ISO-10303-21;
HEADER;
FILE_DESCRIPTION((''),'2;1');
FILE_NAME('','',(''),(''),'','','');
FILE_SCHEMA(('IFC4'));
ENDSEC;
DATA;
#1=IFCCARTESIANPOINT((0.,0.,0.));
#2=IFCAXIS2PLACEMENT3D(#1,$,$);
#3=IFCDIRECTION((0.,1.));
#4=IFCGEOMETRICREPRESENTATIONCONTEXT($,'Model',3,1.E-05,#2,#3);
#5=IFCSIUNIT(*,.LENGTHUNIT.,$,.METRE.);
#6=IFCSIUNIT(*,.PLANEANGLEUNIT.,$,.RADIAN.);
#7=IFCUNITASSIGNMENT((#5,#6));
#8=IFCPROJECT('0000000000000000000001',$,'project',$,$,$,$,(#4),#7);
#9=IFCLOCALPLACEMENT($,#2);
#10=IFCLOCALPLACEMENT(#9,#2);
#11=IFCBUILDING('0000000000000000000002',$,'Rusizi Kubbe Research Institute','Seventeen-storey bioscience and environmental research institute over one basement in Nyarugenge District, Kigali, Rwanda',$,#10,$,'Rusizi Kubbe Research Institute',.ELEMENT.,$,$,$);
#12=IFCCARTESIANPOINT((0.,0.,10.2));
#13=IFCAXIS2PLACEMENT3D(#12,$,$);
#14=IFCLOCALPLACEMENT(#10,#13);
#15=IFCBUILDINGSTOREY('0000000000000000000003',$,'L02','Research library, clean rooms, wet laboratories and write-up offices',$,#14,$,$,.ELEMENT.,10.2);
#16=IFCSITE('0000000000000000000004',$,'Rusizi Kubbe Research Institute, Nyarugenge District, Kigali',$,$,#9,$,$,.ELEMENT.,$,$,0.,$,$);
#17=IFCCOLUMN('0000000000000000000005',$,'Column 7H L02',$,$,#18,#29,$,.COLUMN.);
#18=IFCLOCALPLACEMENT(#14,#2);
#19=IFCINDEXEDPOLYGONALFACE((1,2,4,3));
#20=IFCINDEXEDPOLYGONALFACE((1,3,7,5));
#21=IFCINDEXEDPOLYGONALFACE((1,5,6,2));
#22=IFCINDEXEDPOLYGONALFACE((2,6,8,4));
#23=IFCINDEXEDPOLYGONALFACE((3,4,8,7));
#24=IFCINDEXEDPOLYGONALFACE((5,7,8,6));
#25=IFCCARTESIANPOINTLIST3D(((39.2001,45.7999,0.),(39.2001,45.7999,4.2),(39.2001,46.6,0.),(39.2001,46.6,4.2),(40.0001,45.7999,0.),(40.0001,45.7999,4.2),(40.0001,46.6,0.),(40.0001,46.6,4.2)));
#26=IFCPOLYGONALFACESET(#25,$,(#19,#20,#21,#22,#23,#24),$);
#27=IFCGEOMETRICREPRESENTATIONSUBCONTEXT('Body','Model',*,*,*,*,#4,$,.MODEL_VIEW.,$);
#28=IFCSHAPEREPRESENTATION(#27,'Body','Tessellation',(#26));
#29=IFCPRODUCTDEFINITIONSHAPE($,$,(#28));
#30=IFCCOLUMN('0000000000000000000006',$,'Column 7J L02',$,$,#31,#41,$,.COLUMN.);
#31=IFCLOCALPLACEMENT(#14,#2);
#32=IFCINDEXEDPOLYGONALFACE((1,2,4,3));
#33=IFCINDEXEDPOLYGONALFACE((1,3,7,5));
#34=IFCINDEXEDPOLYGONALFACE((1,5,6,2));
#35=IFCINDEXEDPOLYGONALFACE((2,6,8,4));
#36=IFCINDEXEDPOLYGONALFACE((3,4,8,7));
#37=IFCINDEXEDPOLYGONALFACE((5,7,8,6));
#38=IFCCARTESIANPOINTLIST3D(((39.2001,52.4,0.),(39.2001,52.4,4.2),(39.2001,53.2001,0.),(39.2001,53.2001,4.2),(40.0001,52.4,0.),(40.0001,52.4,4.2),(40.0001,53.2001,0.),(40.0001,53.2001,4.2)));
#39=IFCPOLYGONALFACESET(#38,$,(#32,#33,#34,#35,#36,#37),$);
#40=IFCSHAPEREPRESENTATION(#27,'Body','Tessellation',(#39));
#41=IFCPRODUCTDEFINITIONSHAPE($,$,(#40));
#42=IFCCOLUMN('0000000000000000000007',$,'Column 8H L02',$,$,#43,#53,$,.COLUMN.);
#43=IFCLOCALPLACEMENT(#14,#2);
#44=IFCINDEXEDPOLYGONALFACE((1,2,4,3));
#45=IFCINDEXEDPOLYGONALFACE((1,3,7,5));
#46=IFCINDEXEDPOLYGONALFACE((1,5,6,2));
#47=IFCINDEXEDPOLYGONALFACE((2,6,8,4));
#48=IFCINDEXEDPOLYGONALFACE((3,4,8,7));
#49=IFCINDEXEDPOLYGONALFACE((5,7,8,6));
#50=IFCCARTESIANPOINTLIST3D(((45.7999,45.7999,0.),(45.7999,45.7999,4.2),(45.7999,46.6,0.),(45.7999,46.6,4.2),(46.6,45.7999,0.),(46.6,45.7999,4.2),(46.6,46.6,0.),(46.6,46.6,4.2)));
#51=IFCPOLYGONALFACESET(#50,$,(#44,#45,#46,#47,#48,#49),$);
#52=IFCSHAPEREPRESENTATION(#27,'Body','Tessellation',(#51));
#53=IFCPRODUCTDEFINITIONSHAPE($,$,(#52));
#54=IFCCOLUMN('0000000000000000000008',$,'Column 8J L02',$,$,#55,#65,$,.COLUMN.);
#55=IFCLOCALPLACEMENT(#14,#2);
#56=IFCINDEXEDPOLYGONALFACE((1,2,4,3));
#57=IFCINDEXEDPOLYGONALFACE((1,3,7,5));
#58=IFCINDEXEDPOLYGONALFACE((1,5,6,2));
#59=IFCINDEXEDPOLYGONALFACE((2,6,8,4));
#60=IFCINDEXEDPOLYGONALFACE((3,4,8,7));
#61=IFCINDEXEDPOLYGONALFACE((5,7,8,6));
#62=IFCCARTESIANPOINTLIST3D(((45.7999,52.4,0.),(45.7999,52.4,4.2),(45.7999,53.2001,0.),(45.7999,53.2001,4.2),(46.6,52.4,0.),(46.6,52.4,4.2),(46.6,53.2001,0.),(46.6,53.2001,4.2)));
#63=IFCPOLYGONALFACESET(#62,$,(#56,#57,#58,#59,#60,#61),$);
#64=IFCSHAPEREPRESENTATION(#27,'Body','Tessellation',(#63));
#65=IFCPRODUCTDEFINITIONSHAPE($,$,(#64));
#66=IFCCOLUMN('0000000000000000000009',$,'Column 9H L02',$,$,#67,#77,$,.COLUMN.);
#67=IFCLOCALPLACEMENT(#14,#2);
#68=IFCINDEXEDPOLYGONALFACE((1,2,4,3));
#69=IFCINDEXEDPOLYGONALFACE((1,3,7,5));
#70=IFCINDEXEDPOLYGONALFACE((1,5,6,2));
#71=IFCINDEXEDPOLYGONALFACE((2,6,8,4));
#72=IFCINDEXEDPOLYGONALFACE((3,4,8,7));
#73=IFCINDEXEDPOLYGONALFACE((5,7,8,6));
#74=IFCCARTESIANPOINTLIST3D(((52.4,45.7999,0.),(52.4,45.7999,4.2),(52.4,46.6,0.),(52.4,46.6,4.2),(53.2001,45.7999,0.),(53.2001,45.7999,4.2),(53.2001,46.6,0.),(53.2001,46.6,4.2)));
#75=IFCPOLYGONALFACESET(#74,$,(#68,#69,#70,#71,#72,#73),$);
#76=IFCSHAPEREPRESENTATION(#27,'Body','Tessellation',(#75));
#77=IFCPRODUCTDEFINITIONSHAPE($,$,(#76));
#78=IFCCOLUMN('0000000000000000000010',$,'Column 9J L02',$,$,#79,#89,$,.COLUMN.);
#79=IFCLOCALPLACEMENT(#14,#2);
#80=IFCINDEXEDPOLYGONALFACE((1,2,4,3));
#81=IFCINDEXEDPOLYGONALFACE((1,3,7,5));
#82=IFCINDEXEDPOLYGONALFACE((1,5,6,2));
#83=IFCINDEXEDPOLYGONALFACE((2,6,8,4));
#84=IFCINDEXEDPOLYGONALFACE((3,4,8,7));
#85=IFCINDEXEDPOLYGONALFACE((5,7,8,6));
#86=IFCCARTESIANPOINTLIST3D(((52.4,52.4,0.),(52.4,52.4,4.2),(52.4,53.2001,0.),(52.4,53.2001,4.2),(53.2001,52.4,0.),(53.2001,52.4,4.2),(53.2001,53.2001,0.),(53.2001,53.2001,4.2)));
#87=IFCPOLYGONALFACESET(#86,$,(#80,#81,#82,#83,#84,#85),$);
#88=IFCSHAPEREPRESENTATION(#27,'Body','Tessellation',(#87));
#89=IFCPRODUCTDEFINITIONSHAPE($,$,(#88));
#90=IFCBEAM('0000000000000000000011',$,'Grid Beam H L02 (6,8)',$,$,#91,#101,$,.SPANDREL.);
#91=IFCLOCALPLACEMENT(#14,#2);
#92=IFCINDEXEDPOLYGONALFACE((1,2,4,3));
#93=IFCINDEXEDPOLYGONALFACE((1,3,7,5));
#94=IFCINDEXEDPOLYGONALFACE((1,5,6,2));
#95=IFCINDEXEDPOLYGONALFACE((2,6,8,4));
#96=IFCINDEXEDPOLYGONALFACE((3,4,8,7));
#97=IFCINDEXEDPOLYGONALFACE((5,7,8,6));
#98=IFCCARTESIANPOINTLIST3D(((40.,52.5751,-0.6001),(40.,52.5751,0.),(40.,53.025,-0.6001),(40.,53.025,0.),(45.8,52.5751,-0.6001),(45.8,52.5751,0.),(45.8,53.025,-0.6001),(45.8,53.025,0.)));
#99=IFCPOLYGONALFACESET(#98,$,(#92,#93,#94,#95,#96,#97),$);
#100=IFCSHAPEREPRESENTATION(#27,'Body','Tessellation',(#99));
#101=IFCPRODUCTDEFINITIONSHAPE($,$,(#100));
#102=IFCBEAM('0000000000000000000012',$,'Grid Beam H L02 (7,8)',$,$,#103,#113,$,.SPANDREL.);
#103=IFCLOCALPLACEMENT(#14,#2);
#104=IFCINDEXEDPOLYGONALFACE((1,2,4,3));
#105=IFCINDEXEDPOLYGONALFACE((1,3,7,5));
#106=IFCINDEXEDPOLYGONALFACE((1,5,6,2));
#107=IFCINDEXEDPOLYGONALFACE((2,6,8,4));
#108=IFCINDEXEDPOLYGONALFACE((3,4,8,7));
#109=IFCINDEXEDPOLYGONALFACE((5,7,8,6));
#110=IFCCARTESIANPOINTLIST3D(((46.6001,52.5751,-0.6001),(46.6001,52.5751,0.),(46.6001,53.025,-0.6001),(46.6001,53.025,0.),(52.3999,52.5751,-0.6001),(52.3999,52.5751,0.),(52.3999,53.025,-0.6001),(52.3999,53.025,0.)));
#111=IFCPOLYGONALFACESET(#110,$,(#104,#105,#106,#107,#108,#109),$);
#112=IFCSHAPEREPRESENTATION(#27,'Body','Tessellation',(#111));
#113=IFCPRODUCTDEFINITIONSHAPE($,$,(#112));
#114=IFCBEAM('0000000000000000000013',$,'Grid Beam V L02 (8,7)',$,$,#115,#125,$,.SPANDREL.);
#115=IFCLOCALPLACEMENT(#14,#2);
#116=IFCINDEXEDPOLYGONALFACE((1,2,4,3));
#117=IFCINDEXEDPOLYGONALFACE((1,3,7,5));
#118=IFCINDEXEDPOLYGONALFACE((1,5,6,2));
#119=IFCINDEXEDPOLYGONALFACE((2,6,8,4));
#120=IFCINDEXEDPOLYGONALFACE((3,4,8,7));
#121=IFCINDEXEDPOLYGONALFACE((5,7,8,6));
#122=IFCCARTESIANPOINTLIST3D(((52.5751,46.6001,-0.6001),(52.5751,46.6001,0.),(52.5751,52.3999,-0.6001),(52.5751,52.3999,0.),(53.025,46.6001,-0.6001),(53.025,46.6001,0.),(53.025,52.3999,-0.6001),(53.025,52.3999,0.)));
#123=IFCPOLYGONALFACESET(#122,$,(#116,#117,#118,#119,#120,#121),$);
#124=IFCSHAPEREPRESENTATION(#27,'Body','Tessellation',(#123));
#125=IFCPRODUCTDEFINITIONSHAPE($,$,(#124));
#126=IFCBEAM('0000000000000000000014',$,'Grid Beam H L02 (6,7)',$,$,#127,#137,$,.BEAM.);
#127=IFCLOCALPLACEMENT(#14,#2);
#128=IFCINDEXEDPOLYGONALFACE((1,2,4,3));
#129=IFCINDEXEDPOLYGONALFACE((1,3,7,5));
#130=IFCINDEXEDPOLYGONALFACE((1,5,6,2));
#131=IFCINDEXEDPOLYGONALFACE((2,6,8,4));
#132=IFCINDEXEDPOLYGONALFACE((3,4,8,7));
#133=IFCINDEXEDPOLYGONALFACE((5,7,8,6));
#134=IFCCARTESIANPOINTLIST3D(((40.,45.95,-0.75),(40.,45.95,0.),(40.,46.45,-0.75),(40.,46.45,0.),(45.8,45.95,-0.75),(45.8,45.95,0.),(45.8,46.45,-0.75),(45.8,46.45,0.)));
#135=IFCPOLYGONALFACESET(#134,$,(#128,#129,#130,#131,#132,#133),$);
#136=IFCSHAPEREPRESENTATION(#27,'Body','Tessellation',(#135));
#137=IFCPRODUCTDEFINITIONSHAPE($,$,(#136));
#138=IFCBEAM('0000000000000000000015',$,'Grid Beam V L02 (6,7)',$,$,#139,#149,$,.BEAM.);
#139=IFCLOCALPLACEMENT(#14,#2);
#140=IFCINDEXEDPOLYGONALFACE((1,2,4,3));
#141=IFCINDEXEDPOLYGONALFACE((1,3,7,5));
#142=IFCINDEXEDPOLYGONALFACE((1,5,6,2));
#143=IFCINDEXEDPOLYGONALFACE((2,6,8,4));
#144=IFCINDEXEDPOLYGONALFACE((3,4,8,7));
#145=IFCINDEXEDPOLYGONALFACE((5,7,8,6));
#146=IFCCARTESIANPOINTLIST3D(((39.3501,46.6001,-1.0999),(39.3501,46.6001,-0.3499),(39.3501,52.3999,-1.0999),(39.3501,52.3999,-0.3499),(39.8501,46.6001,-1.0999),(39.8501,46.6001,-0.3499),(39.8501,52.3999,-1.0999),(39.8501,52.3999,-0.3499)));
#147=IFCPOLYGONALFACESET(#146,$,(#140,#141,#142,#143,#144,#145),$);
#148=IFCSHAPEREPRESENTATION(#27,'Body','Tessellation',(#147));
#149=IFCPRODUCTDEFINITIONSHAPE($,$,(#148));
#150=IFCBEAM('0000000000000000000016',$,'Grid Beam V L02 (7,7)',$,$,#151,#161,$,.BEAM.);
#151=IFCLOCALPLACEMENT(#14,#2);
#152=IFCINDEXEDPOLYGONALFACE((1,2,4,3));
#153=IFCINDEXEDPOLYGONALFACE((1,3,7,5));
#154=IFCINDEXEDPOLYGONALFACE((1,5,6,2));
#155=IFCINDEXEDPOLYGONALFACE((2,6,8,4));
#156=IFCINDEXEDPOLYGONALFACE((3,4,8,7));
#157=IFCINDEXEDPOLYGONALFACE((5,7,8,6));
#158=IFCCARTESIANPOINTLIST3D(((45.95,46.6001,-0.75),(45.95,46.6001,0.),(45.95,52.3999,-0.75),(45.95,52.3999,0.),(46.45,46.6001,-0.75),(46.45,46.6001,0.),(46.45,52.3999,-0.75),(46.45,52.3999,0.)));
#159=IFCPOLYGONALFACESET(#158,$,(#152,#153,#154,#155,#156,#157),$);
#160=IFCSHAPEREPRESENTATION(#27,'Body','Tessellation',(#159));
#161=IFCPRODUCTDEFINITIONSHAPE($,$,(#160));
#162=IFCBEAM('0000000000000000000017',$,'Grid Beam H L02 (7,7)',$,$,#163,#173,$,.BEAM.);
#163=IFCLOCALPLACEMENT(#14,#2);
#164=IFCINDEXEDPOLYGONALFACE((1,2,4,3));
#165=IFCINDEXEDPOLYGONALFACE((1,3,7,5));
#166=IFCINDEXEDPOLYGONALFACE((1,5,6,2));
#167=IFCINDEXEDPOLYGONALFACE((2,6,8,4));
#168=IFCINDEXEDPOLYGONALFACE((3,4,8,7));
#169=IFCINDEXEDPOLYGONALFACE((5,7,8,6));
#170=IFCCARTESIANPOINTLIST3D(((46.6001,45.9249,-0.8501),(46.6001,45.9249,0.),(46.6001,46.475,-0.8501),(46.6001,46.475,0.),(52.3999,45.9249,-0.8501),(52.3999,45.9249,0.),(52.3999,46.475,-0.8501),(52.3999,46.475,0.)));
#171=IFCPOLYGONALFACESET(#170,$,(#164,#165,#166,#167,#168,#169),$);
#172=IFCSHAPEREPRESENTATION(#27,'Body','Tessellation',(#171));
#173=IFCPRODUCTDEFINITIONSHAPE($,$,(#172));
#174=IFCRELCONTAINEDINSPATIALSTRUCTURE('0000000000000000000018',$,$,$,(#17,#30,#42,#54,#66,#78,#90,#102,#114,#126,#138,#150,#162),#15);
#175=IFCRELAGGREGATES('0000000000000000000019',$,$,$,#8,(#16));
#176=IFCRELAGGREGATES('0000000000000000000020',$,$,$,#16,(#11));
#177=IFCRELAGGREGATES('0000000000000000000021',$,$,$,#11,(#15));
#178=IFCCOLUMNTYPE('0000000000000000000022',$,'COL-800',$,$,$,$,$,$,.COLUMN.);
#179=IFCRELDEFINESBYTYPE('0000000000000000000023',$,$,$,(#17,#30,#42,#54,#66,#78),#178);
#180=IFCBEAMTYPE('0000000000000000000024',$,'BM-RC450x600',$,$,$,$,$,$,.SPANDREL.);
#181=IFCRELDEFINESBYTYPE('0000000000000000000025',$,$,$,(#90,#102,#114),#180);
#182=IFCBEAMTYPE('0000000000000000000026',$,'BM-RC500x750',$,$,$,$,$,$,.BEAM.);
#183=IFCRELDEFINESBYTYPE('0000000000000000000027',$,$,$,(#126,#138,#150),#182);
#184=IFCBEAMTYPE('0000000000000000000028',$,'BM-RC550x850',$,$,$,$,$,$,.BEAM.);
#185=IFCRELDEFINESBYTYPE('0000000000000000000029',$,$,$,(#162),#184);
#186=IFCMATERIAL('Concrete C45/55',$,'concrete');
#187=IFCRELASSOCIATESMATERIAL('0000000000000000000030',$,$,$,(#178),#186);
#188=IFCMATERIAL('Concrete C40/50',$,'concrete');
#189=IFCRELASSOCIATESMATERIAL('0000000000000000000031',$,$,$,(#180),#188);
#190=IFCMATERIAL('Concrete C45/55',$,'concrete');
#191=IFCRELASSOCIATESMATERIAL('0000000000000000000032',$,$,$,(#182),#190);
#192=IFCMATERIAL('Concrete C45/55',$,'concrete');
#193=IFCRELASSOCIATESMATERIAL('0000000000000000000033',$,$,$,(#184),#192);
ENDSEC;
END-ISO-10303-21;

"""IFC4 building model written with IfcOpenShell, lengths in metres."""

from ifc_helpers import new_model, si_unit, direction, frame, origin, origin_2d, place, context, subcontext, project, spatial, rectangle, extrude, material, material_profile, profile_set, type_object, element, save


model = new_model("IFC4")

# Units and contexts
model_context = context("Model", 3, precision=1e-05, world=origin(), true_north=direction((0.0, 1.0)))
body_context = subcontext(model_context, "Body", "Model", "MODEL_VIEW")
ifc_project = project(units=[si_unit("LENGTHUNIT", "METRE"), si_unit("PLANEANGLEUNIT", "RADIAN")], contexts=[model_context])

# Site, building, storey
site_placement = place(None, origin())
site = spatial("IfcSite", under=ifc_project, at=site_placement, Name="Rusizi Kubbe Research Institute, Nyarugenge District, Kigali", CompositionType="ELEMENT", RefElevation=0.0)
building_placement = place(site_placement, origin())
building = spatial("IfcBuilding", under=site, at=building_placement, Name="Rusizi Kubbe Research Institute", Description="Seventeen-storey bioscience and environmental research institute over one basement in Nyarugenge District, Kigali, Rwanda", LongName="Rusizi Kubbe Research Institute", CompositionType="ELEMENT")
storey_placement = place(building_placement, frame((0.0, 0.0, 10.2)))
storey = spatial("IfcBuildingStorey", under=building, at=storey_placement, Name="L02", Description="Research library, clean rooms, wet laboratories and write-up offices", CompositionType="ELEMENT", Elevation=10.2)

# Columns
ifc_material_1 = material(Name="Concrete C45/55", Category="concrete")
ifc_material_profile_1 = material_profile(ifc_material_1, rectangle(XDim=0.8, YDim=0.8, at=origin_2d()), Name="RC800x800")
ifc_profile_set_1 = profile_set([ifc_material_profile_1], Name="Concrete C45/55")
column_type = type_object("IfcColumnType", Name="COL-800", PredefinedType="COLUMN", material=ifc_profile_set_1)
for number, where, z_axis, x_axis, name in (
    (1, (39.6001, 46.2, 0.0), (0.0, 0.0, 1.0), (1.0, 0.0, 0.0), "Column 7H L02"),
    (2, (39.6001, 52.8, 0.0), (0.0, 0.0, 1.0), (1.0, 0.0, 0.0), "Column 7J L02"),
    (3, (46.2, 46.2, 0.0), (0.0, 0.0, 1.0), (1.0, 0.0, 0.0), "Column 8H L02"),
    (4, (46.2, 52.8, 0.0), (0.0, 0.0, 1.0), (1.0, 0.0, 0.0), "Column 8J L02"),
    (5, (52.8, 46.2, 0.0), (0.0, 0.0, 1.0), (1.0, 0.0, 0.0), "Column 9H L02"),
    (6, (52.8, 52.8, 0.0), (0.0, 0.0, 1.0), (1.0, 0.0, 0.0), "Column 9J L02"),
):
    element("IfcColumn", number, at=place(storey_placement, frame(where, z_axis=z_axis, x_axis=x_axis)), inside=storey, type_object=column_type, Name=name, PredefinedType="COLUMN", context=body_context, shape_type="SweptSolid", body=[
        extrude(rectangle(XDim=0.8, YDim=0.8, at=origin_2d()), origin(), (0.0, 0.0, 1.0), 4.2),
    ])

# Beams
ifc_material_2 = material(Name="Concrete C40/50", Category="concrete")
ifc_material_profile_2 = material_profile(ifc_material_2, rectangle(XDim=0.45, YDim=0.6001, at=origin_2d()), Name="RC450x600")
ifc_profile_set_2 = profile_set([ifc_material_profile_2], Name="Concrete C40/50")
beam_type_1 = type_object("IfcBeamType", Name="BM-RC450x600", PredefinedType="SPANDREL", material=ifc_profile_set_2)
beam_1_placement = place(storey_placement, frame((40.0, 52.8, -0.3), z_axis=(1.0, 0.0, 0.0), x_axis=(0.0, 1.0, 0.0)))
element("IfcBeam", 7, at=beam_1_placement, inside=storey, type_object=beam_type_1, Name="Grid Beam H L02 (6,8)", PredefinedType="SPANDREL", context=body_context, shape_type="SweptSolid", body=[
    extrude(rectangle(XDim=0.45, YDim=0.6001, at=origin_2d()), origin(), (0.0, 0.0, 1.0), 5.8),
])
for number, where, z_axis, x_axis, name in (
    (8, (46.6001, 52.8, -0.3), (1.0, 0.0, 0.0), (0.0, 1.0, 0.0), "Grid Beam H L02 (7,8)"),
    (9, (52.8, 46.6001, -0.3), (0.0, 1.0, 0.0), (-1.0, 0.0, 0.0), "Grid Beam V L02 (8,7)"),
):
    element("IfcBeam", number, at=place(storey_placement, frame(where, z_axis=z_axis, x_axis=x_axis)), inside=storey, type_object=beam_type_1, Name=name, PredefinedType="SPANDREL", context=body_context, shape_type="SweptSolid", body=[
        extrude(rectangle(XDim=0.45, YDim=0.6001, at=origin_2d()), origin(), (0.0, 0.0, 1.0), 5.7998),
    ])
ifc_material_3 = material(Name="Concrete C45/55", Category="concrete")
ifc_material_profile_3 = material_profile(ifc_material_3, rectangle(XDim=0.5, YDim=0.75, at=origin_2d()), Name="RC500x750B")
ifc_profile_set_3 = profile_set([ifc_material_profile_3], Name="Concrete C45/55")
beam_type_2 = type_object("IfcBeamType", Name="BM-RC500x750", PredefinedType="BEAM", material=ifc_profile_set_3)
beam_2_placement = place(storey_placement, frame((40.0, 46.2, -0.375), z_axis=(1.0, 0.0, 0.0), x_axis=(0.0, 1.0, 0.0)))
element("IfcBeam", 10, at=beam_2_placement, inside=storey, type_object=beam_type_2, Name="Grid Beam H L02 (6,7)", PredefinedType="BEAM", context=body_context, shape_type="SweptSolid", body=[
    extrude(rectangle(XDim=0.5, YDim=0.75, at=origin_2d()), origin(), (0.0, 0.0, 1.0), 5.8),
])
for number, where, z_axis, x_axis, name in (
    (11, (39.6001, 46.6001, -0.7249), (0.0, 1.0, 0.0), (-1.0, 0.0, 0.0), "Grid Beam V L02 (6,7)"),
    (12, (46.2, 46.6001, -0.375), (0.0, 1.0, 0.0), (-1.0, 0.0, 0.0), "Grid Beam V L02 (7,7)"),
):
    element("IfcBeam", number, at=place(storey_placement, frame(where, z_axis=z_axis, x_axis=x_axis)), inside=storey, type_object=beam_type_2, Name=name, PredefinedType="BEAM", context=body_context, shape_type="SweptSolid", body=[
        extrude(rectangle(XDim=0.5, YDim=0.75, at=origin_2d()), origin(), (0.0, 0.0, 1.0), 5.7998),
    ])
ifc_material_4 = material(Name="Concrete C45/55", Category="concrete")
ifc_material_profile_4 = material_profile(ifc_material_4, rectangle(XDim=0.55, YDim=0.8501, at=origin_2d()), Name="RC550x850")
ifc_profile_set_4 = profile_set([ifc_material_profile_4], Name="Concrete C45/55")
beam_type_3 = type_object("IfcBeamType", Name="BM-RC550x850", PredefinedType="BEAM", material=ifc_profile_set_4)
beam_3_placement = place(storey_placement, frame((46.6001, 46.2, -0.425), z_axis=(1.0, 0.0, 0.0), x_axis=(0.0, 1.0, 0.0)))
element("IfcBeam", 13, at=beam_3_placement, inside=storey, type_object=beam_type_3, Name="Grid Beam H L02 (7,7)", PredefinedType="BEAM", context=body_context, shape_type="SweptSolid", body=[
    extrude(rectangle(XDim=0.55, YDim=0.8501, at=origin_2d()), origin(), (0.0, 0.0, 1.0), 5.7998),
])

save(model, "model.ifc")
